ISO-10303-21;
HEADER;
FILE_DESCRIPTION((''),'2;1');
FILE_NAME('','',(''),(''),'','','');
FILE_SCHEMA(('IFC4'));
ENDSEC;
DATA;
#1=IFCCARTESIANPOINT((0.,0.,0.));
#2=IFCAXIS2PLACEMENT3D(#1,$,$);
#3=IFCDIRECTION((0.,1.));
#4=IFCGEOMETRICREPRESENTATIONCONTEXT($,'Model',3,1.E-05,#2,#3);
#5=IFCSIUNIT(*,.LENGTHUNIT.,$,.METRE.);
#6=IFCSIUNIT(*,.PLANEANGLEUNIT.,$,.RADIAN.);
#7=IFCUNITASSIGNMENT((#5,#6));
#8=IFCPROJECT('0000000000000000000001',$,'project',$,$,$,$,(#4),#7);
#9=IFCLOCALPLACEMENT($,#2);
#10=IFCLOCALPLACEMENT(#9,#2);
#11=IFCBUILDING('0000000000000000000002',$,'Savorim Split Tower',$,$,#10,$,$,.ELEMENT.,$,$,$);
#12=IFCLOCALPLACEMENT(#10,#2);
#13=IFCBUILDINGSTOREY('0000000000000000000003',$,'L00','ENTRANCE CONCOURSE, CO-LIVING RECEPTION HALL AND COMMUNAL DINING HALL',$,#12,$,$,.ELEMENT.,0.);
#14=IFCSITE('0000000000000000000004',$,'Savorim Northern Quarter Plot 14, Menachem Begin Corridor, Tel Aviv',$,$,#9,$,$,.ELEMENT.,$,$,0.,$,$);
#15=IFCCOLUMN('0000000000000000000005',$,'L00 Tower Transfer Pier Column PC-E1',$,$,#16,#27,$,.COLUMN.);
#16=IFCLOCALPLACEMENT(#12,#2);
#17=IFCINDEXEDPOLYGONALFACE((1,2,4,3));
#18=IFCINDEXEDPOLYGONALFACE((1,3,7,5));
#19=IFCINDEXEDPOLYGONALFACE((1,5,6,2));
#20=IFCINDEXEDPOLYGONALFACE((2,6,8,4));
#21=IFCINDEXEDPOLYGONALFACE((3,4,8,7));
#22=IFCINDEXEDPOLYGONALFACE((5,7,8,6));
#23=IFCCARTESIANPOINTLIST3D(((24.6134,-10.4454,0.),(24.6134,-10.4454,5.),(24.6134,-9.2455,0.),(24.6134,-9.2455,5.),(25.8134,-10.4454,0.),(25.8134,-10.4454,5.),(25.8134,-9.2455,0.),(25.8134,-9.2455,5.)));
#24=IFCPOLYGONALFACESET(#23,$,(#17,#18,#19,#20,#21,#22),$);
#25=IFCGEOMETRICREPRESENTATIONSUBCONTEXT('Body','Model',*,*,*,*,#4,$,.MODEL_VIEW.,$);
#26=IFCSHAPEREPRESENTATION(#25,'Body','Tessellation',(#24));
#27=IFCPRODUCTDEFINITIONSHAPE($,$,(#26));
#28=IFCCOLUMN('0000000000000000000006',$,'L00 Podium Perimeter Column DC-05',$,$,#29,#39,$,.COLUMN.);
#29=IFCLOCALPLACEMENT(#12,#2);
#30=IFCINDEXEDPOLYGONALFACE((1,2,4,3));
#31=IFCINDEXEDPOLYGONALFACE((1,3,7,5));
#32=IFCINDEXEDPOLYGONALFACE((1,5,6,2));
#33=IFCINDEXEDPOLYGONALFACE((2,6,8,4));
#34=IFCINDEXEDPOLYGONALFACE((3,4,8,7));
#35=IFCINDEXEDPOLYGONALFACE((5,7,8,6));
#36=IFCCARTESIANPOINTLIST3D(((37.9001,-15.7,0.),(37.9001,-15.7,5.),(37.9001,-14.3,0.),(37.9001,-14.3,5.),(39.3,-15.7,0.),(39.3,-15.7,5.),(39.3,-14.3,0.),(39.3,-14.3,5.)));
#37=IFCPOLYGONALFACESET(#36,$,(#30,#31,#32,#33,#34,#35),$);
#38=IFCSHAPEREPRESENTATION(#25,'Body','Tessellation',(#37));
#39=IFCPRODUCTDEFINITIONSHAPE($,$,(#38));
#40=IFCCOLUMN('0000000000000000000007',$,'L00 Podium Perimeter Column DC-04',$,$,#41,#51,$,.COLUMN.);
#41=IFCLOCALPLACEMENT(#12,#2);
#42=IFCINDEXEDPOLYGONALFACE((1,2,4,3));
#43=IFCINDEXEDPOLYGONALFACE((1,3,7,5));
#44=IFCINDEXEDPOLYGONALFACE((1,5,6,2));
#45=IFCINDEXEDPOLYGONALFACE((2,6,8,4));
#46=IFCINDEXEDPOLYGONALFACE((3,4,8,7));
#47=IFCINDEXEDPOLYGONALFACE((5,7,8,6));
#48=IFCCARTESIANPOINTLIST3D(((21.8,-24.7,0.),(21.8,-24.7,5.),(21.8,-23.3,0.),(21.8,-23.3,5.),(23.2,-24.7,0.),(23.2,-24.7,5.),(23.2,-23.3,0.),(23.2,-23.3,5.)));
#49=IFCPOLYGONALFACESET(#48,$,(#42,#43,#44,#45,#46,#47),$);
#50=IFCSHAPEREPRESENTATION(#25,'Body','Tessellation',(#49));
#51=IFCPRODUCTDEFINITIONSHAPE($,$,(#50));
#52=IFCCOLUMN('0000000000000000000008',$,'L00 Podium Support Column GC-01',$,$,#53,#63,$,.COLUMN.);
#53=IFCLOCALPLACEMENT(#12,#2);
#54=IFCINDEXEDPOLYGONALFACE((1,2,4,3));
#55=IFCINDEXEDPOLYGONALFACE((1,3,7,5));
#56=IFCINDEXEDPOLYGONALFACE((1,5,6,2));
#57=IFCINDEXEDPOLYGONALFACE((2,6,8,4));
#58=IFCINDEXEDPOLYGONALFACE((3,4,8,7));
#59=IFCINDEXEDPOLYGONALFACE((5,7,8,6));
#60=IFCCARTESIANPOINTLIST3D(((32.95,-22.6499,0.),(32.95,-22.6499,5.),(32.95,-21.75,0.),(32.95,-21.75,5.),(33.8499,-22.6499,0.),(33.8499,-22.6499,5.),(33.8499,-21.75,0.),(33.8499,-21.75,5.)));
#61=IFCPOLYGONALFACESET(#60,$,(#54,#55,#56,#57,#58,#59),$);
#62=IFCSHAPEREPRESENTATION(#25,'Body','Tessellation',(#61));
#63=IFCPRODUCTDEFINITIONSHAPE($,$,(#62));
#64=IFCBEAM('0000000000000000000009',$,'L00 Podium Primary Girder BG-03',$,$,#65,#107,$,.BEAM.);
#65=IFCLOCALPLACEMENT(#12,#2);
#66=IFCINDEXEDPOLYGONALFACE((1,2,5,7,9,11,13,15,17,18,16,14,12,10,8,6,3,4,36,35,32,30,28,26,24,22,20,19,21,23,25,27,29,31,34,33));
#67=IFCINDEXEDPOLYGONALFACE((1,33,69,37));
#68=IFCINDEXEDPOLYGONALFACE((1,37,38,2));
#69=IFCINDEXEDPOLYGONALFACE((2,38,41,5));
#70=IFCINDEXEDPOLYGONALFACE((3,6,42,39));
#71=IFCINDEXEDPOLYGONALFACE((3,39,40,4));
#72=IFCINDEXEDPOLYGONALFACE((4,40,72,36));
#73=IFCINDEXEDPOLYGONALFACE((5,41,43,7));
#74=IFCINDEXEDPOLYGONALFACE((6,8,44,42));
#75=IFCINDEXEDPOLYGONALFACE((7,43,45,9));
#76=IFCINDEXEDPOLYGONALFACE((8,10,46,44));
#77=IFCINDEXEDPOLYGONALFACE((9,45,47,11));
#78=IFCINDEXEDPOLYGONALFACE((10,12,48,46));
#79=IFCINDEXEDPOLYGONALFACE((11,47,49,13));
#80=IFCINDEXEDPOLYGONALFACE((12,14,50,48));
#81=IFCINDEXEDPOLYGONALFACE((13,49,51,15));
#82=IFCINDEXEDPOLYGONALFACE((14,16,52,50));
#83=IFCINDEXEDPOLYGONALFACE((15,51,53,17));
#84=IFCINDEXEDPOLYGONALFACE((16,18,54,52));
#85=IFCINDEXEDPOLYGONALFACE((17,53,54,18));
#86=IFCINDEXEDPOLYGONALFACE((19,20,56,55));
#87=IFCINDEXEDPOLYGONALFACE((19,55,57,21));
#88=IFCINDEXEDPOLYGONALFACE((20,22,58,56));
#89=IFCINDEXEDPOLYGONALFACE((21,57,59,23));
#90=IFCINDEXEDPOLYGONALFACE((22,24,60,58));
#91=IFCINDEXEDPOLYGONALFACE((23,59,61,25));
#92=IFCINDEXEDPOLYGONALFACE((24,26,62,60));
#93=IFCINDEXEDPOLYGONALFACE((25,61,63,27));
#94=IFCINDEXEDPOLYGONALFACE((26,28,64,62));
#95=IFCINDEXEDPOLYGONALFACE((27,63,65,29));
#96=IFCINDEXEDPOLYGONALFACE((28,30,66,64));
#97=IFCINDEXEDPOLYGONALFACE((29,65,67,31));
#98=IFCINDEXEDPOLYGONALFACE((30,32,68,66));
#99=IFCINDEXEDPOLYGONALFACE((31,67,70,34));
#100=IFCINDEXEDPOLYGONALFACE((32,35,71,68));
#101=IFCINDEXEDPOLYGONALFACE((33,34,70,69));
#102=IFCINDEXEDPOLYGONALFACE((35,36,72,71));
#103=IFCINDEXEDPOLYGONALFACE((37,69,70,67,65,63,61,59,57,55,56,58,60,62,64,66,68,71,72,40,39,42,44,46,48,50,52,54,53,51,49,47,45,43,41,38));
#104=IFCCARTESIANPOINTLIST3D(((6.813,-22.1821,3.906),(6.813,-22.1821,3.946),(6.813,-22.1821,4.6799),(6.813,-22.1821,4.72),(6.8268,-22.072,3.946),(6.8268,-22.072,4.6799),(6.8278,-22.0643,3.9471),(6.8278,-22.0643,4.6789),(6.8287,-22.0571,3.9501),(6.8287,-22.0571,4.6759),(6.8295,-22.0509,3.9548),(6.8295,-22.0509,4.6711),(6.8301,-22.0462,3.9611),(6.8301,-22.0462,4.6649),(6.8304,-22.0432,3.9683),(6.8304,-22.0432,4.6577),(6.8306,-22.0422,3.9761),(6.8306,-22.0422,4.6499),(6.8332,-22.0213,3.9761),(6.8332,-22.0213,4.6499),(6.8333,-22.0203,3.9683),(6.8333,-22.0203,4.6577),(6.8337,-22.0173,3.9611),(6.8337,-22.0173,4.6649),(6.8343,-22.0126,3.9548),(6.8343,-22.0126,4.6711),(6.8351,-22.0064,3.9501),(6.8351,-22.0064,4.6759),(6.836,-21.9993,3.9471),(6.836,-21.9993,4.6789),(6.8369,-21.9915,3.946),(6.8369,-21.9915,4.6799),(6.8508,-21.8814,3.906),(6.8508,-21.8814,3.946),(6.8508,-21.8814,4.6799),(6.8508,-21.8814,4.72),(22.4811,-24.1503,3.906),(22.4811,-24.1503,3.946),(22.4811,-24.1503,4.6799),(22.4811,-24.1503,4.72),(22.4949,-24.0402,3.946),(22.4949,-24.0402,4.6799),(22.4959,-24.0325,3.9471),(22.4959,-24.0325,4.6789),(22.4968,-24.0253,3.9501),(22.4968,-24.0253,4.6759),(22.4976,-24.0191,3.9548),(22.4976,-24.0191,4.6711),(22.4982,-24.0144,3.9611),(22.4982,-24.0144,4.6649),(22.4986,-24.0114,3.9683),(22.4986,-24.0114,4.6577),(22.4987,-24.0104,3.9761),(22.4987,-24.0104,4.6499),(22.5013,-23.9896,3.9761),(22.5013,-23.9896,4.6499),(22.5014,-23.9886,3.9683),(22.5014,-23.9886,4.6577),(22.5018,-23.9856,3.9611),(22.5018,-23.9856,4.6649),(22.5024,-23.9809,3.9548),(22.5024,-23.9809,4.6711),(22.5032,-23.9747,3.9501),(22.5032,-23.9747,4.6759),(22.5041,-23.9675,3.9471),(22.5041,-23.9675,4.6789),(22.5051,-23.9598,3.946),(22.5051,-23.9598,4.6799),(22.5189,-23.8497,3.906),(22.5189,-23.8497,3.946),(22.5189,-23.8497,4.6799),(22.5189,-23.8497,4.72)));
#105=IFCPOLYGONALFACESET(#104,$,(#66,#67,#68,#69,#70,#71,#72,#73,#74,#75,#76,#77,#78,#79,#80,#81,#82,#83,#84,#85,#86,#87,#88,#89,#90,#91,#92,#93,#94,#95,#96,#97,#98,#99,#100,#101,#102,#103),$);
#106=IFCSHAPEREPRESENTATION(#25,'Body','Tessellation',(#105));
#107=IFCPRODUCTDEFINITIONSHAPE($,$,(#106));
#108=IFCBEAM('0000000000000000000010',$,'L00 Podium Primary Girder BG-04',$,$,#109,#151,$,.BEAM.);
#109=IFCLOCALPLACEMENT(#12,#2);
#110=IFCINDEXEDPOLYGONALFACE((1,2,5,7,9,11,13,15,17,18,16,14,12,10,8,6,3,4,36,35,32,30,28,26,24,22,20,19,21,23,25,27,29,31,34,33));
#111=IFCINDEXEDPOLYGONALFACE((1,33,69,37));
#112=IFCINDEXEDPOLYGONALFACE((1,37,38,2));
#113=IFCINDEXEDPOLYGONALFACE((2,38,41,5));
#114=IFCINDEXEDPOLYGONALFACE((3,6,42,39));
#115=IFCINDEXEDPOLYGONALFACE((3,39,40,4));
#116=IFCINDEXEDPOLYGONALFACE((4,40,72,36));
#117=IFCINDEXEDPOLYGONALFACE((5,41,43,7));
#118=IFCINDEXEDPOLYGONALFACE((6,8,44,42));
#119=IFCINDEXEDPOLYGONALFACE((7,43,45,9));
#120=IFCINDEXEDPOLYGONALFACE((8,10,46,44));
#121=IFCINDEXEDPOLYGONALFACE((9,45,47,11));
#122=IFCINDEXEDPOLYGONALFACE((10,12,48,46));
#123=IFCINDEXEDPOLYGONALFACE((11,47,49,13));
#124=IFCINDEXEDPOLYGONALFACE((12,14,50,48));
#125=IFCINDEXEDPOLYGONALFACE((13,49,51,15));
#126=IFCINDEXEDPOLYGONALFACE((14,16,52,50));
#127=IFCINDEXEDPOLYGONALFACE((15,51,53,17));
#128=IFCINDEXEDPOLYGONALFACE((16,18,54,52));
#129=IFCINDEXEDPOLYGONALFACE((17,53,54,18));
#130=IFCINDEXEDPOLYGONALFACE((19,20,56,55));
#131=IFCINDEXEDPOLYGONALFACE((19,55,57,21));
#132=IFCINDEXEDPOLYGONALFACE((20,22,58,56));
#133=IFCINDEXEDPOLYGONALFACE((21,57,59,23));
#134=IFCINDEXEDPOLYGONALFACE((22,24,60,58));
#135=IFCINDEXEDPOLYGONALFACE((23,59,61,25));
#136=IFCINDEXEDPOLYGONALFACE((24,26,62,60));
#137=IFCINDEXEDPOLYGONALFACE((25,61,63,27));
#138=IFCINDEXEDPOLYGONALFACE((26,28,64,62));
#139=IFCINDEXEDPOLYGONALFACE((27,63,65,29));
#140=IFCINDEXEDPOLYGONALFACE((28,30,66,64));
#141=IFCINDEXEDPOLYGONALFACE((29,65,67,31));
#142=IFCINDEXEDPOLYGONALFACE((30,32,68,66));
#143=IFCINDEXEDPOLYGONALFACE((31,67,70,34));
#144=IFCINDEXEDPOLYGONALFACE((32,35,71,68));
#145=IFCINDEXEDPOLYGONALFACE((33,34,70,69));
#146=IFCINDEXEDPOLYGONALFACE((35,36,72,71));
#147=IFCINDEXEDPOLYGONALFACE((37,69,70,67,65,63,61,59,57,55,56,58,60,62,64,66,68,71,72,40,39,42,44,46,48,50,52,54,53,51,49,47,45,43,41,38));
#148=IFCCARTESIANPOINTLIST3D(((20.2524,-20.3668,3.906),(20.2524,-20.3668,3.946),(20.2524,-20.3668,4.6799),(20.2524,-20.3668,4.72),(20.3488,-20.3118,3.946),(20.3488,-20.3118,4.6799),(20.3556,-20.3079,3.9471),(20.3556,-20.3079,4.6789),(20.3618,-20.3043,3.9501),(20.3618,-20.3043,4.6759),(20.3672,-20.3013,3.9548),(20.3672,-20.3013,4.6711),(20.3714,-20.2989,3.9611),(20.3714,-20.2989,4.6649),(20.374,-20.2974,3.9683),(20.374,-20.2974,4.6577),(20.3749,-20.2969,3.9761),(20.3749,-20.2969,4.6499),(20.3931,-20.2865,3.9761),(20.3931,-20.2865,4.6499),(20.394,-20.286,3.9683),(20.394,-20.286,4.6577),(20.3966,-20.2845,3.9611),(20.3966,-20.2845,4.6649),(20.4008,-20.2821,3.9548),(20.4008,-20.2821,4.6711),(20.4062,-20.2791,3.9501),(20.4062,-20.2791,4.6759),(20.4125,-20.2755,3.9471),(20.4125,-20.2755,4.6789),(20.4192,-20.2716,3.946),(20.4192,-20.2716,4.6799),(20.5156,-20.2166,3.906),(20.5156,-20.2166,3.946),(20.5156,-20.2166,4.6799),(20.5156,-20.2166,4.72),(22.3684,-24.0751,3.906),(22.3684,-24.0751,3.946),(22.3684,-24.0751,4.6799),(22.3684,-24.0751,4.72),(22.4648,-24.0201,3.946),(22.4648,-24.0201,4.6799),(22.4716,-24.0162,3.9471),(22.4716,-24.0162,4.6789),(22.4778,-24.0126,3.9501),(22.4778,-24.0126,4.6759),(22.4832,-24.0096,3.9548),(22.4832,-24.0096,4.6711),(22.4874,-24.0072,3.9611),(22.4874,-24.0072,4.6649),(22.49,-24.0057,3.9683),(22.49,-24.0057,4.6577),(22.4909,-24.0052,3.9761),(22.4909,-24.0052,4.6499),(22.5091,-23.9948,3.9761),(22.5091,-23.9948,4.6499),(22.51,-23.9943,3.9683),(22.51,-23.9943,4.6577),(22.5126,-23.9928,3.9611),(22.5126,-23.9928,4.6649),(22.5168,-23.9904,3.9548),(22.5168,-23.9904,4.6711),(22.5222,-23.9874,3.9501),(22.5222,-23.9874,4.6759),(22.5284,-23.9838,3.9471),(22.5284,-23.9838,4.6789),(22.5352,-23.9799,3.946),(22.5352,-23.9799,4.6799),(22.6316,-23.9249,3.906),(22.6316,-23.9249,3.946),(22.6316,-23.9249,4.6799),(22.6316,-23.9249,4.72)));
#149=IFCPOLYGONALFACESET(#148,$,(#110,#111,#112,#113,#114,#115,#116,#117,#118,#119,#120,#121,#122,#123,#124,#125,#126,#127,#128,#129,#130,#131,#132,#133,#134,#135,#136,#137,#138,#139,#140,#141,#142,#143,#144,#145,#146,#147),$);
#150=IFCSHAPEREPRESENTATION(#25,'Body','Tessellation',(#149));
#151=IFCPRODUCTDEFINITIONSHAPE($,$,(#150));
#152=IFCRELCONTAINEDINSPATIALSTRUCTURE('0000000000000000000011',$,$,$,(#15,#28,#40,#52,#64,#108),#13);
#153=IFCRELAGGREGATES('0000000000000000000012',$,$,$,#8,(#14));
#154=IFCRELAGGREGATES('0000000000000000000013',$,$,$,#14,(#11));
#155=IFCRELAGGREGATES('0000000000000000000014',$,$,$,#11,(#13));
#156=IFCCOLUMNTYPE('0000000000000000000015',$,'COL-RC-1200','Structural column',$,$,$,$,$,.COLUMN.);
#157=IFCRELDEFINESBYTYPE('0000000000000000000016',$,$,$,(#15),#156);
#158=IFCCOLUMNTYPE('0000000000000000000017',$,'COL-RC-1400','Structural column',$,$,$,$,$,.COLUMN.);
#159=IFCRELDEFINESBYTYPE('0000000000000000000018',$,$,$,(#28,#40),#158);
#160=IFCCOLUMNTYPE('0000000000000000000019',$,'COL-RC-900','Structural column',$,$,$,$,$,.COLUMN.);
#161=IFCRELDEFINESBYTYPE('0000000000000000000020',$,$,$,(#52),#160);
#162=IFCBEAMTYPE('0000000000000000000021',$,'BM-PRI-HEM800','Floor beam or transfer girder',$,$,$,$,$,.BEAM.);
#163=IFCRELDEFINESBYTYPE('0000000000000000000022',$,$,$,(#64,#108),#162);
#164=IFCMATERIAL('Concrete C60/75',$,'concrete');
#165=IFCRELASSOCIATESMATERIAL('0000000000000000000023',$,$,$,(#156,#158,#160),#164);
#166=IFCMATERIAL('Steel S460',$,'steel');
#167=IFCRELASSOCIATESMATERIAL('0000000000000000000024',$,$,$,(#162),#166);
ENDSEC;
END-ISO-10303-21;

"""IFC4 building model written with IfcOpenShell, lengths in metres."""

from ifc_helpers import new_model, si_unit, direction, frame, origin, origin_2d, place, context, subcontext, project, spatial, rectangle, i_section, extrude, material, material_profile, profile_set, type_object, element, save


model = new_model("IFC4")

# Units and contexts
model_context = context("Model", 3, precision=1e-05, world=origin(), true_north=direction((0.0, 1.0)))
body_context = subcontext(model_context, "Body", "Model", "MODEL_VIEW")
ifc_project = project(units=[si_unit("LENGTHUNIT", "METRE"), si_unit("PLANEANGLEUNIT", "RADIAN")], contexts=[model_context])

# Site, building, storey
site_placement = place(None, origin())
site = spatial("IfcSite", under=ifc_project, at=site_placement, Name="Savorim Northern Quarter Plot 14, Menachem Begin Corridor, Tel Aviv", CompositionType="ELEMENT", RefElevation=0.0)
building_placement = place(site_placement, origin())
building = spatial("IfcBuilding", under=site, at=building_placement, Name="Savorim Split Tower", CompositionType="ELEMENT")
storey_placement = place(building_placement, origin())
storey = spatial("IfcBuildingStorey", under=building, at=storey_placement, Name="L00", Description="ENTRANCE CONCOURSE, CO-LIVING RECEPTION HALL AND COMMUNAL DINING HALL", CompositionType="ELEMENT", Elevation=0.0)

# Columns
ifc_material_1 = material(Name="Concrete C60/75", Category="concrete")
ifc_material_profile_1 = material_profile(ifc_material_1, rectangle(XDim=1.2, YDim=1.2, at=origin_2d()), Name="RC 1200x1200")
ifc_profile_set_1 = profile_set([ifc_material_profile_1], Name="Concrete C60/75")
column_type_1 = type_object("IfcColumnType", Name="COL-RC-1200", Description="Structural column", PredefinedType="COLUMN", material=ifc_profile_set_1)
column_1_placement = place(storey_placement, frame((25.2134, -9.8455, 0.0), z_axis=(0.0, 0.0, 1.0), x_axis=(1.0, 0.0, 0.0)))
element("IfcColumn", 1, at=column_1_placement, inside=storey, type_object=column_type_1, Name="L00 Tower Transfer Pier Column PC-E1", PredefinedType="COLUMN", context=body_context, shape_type="SweptSolid", body=[
    extrude(rectangle(XDim=1.2, YDim=1.2, at=origin_2d()), origin(), (0.0, 0.0, 1.0), 5.0),
])
ifc_material_profile_2 = material_profile(ifc_material_1, rectangle(XDim=1.3999, YDim=1.3999, at=origin_2d()), Name="RC 1400x1400")
ifc_profile_set_2 = profile_set([ifc_material_profile_2], Name="Concrete C60/75")
column_type_2 = type_object("IfcColumnType", Name="COL-RC-1400", Description="Structural column", PredefinedType="COLUMN", material=ifc_profile_set_2)
for number, where, z_axis, x_axis, name in (
    (2, (38.6001, -15.0, 0.0), (0.0, 0.0, 1.0), (1.0, 0.0, 0.0), "L00 Podium Perimeter Column DC-05"),
    (3, (22.5, -24.0, 0.0), (0.0, 0.0, 1.0), (1.0, 0.0, 0.0), "L00 Podium Perimeter Column DC-04"),
):
    element("IfcColumn", number, at=place(storey_placement, frame(where, z_axis=z_axis, x_axis=x_axis)), inside=storey, type_object=column_type_2, Name=name, PredefinedType="COLUMN", context=body_context, shape_type="SweptSolid", body=[
        extrude(rectangle(XDim=1.3999, YDim=1.3999, at=origin_2d()), origin(), (0.0, 0.0, 1.0), 5.0),
    ])
ifc_material_profile_3 = material_profile(ifc_material_1, rectangle(XDim=0.8999, YDim=0.8999, at=origin_2d()), Name="RC 900x900")
ifc_profile_set_3 = profile_set([ifc_material_profile_3], Name="Concrete C60/75")
column_type_3 = type_object("IfcColumnType", Name="COL-RC-900", Description="Structural column", PredefinedType="COLUMN", material=ifc_profile_set_3)
column_2_placement = place(storey_placement, frame((33.3999, -22.2, 0.0), z_axis=(0.0, 0.0, 1.0), x_axis=(1.0, 0.0, 0.0)))
element("IfcColumn", 4, at=column_2_placement, inside=storey, type_object=column_type_3, Name="L00 Podium Support Column GC-01", PredefinedType="COLUMN", context=body_context, shape_type="SweptSolid", body=[
    extrude(rectangle(XDim=0.8999, YDim=0.8999, at=origin_2d()), origin(), (0.0, 0.0, 1.0), 5.0),
])

# Beams
ifc_material_2 = material(Name="Steel S460", Category="steel")
ifc_material_profile_4 = material_profile(ifc_material_2, i_section(OverallWidth=0.303, OverallDepth=0.814, WebThickness=0.021, FlangeThickness=0.04, FilletRadius=0.03, at=origin_2d()), Name="HE 800 M")
ifc_profile_set_4 = profile_set([ifc_material_profile_4], Name="Steel S460")
beam_type_1 = type_object("IfcBeamType", Name="BM-PRI-HEM800", Description="Floor beam or transfer girder", PredefinedType="BEAM", material=ifc_profile_set_4)
beam_1_placement = place(storey_placement, frame((22.5, -24.0, 4.313), z_axis=(-0.992202, 0.124642, 0.0), x_axis=(-0.124642, -0.992202, 0.0)))
element("IfcBeam", 5, at=beam_1_placement, inside=storey, type_object=beam_type_1, Name="L00 Podium Primary Girder BG-03", PredefinedType="BEAM", context=body_context, shape_type="SweptSolid", body=[
    extrude(i_section(OverallWidth=0.303, OverallDepth=0.814, WebThickness=0.021, FlangeThickness=0.04, FilletRadius=0.03, at=origin_2d()), origin(), (0.0, 0.0, 1.0), 15.7913),
])
beam_2_placement = place(storey_placement, frame((22.5, -24.0, 4.313), z_axis=(-0.495603, 0.868549, 0.0), x_axis=(-0.868549, -0.495603, 0.0)))
element("IfcBeam", 6, at=beam_2_placement, inside=storey, type_object=beam_type_1, Name="L00 Podium Primary Girder BG-04", PredefinedType="BEAM", context=body_context, shape_type="SweptSolid", body=[
    extrude(i_section(OverallWidth=0.303, OverallDepth=0.814, WebThickness=0.021, FlangeThickness=0.04, FilletRadius=0.03, at=origin_2d()), origin(), (0.0, 0.0, 1.0), 4.2695),
])

save(model, "model.ifc")
